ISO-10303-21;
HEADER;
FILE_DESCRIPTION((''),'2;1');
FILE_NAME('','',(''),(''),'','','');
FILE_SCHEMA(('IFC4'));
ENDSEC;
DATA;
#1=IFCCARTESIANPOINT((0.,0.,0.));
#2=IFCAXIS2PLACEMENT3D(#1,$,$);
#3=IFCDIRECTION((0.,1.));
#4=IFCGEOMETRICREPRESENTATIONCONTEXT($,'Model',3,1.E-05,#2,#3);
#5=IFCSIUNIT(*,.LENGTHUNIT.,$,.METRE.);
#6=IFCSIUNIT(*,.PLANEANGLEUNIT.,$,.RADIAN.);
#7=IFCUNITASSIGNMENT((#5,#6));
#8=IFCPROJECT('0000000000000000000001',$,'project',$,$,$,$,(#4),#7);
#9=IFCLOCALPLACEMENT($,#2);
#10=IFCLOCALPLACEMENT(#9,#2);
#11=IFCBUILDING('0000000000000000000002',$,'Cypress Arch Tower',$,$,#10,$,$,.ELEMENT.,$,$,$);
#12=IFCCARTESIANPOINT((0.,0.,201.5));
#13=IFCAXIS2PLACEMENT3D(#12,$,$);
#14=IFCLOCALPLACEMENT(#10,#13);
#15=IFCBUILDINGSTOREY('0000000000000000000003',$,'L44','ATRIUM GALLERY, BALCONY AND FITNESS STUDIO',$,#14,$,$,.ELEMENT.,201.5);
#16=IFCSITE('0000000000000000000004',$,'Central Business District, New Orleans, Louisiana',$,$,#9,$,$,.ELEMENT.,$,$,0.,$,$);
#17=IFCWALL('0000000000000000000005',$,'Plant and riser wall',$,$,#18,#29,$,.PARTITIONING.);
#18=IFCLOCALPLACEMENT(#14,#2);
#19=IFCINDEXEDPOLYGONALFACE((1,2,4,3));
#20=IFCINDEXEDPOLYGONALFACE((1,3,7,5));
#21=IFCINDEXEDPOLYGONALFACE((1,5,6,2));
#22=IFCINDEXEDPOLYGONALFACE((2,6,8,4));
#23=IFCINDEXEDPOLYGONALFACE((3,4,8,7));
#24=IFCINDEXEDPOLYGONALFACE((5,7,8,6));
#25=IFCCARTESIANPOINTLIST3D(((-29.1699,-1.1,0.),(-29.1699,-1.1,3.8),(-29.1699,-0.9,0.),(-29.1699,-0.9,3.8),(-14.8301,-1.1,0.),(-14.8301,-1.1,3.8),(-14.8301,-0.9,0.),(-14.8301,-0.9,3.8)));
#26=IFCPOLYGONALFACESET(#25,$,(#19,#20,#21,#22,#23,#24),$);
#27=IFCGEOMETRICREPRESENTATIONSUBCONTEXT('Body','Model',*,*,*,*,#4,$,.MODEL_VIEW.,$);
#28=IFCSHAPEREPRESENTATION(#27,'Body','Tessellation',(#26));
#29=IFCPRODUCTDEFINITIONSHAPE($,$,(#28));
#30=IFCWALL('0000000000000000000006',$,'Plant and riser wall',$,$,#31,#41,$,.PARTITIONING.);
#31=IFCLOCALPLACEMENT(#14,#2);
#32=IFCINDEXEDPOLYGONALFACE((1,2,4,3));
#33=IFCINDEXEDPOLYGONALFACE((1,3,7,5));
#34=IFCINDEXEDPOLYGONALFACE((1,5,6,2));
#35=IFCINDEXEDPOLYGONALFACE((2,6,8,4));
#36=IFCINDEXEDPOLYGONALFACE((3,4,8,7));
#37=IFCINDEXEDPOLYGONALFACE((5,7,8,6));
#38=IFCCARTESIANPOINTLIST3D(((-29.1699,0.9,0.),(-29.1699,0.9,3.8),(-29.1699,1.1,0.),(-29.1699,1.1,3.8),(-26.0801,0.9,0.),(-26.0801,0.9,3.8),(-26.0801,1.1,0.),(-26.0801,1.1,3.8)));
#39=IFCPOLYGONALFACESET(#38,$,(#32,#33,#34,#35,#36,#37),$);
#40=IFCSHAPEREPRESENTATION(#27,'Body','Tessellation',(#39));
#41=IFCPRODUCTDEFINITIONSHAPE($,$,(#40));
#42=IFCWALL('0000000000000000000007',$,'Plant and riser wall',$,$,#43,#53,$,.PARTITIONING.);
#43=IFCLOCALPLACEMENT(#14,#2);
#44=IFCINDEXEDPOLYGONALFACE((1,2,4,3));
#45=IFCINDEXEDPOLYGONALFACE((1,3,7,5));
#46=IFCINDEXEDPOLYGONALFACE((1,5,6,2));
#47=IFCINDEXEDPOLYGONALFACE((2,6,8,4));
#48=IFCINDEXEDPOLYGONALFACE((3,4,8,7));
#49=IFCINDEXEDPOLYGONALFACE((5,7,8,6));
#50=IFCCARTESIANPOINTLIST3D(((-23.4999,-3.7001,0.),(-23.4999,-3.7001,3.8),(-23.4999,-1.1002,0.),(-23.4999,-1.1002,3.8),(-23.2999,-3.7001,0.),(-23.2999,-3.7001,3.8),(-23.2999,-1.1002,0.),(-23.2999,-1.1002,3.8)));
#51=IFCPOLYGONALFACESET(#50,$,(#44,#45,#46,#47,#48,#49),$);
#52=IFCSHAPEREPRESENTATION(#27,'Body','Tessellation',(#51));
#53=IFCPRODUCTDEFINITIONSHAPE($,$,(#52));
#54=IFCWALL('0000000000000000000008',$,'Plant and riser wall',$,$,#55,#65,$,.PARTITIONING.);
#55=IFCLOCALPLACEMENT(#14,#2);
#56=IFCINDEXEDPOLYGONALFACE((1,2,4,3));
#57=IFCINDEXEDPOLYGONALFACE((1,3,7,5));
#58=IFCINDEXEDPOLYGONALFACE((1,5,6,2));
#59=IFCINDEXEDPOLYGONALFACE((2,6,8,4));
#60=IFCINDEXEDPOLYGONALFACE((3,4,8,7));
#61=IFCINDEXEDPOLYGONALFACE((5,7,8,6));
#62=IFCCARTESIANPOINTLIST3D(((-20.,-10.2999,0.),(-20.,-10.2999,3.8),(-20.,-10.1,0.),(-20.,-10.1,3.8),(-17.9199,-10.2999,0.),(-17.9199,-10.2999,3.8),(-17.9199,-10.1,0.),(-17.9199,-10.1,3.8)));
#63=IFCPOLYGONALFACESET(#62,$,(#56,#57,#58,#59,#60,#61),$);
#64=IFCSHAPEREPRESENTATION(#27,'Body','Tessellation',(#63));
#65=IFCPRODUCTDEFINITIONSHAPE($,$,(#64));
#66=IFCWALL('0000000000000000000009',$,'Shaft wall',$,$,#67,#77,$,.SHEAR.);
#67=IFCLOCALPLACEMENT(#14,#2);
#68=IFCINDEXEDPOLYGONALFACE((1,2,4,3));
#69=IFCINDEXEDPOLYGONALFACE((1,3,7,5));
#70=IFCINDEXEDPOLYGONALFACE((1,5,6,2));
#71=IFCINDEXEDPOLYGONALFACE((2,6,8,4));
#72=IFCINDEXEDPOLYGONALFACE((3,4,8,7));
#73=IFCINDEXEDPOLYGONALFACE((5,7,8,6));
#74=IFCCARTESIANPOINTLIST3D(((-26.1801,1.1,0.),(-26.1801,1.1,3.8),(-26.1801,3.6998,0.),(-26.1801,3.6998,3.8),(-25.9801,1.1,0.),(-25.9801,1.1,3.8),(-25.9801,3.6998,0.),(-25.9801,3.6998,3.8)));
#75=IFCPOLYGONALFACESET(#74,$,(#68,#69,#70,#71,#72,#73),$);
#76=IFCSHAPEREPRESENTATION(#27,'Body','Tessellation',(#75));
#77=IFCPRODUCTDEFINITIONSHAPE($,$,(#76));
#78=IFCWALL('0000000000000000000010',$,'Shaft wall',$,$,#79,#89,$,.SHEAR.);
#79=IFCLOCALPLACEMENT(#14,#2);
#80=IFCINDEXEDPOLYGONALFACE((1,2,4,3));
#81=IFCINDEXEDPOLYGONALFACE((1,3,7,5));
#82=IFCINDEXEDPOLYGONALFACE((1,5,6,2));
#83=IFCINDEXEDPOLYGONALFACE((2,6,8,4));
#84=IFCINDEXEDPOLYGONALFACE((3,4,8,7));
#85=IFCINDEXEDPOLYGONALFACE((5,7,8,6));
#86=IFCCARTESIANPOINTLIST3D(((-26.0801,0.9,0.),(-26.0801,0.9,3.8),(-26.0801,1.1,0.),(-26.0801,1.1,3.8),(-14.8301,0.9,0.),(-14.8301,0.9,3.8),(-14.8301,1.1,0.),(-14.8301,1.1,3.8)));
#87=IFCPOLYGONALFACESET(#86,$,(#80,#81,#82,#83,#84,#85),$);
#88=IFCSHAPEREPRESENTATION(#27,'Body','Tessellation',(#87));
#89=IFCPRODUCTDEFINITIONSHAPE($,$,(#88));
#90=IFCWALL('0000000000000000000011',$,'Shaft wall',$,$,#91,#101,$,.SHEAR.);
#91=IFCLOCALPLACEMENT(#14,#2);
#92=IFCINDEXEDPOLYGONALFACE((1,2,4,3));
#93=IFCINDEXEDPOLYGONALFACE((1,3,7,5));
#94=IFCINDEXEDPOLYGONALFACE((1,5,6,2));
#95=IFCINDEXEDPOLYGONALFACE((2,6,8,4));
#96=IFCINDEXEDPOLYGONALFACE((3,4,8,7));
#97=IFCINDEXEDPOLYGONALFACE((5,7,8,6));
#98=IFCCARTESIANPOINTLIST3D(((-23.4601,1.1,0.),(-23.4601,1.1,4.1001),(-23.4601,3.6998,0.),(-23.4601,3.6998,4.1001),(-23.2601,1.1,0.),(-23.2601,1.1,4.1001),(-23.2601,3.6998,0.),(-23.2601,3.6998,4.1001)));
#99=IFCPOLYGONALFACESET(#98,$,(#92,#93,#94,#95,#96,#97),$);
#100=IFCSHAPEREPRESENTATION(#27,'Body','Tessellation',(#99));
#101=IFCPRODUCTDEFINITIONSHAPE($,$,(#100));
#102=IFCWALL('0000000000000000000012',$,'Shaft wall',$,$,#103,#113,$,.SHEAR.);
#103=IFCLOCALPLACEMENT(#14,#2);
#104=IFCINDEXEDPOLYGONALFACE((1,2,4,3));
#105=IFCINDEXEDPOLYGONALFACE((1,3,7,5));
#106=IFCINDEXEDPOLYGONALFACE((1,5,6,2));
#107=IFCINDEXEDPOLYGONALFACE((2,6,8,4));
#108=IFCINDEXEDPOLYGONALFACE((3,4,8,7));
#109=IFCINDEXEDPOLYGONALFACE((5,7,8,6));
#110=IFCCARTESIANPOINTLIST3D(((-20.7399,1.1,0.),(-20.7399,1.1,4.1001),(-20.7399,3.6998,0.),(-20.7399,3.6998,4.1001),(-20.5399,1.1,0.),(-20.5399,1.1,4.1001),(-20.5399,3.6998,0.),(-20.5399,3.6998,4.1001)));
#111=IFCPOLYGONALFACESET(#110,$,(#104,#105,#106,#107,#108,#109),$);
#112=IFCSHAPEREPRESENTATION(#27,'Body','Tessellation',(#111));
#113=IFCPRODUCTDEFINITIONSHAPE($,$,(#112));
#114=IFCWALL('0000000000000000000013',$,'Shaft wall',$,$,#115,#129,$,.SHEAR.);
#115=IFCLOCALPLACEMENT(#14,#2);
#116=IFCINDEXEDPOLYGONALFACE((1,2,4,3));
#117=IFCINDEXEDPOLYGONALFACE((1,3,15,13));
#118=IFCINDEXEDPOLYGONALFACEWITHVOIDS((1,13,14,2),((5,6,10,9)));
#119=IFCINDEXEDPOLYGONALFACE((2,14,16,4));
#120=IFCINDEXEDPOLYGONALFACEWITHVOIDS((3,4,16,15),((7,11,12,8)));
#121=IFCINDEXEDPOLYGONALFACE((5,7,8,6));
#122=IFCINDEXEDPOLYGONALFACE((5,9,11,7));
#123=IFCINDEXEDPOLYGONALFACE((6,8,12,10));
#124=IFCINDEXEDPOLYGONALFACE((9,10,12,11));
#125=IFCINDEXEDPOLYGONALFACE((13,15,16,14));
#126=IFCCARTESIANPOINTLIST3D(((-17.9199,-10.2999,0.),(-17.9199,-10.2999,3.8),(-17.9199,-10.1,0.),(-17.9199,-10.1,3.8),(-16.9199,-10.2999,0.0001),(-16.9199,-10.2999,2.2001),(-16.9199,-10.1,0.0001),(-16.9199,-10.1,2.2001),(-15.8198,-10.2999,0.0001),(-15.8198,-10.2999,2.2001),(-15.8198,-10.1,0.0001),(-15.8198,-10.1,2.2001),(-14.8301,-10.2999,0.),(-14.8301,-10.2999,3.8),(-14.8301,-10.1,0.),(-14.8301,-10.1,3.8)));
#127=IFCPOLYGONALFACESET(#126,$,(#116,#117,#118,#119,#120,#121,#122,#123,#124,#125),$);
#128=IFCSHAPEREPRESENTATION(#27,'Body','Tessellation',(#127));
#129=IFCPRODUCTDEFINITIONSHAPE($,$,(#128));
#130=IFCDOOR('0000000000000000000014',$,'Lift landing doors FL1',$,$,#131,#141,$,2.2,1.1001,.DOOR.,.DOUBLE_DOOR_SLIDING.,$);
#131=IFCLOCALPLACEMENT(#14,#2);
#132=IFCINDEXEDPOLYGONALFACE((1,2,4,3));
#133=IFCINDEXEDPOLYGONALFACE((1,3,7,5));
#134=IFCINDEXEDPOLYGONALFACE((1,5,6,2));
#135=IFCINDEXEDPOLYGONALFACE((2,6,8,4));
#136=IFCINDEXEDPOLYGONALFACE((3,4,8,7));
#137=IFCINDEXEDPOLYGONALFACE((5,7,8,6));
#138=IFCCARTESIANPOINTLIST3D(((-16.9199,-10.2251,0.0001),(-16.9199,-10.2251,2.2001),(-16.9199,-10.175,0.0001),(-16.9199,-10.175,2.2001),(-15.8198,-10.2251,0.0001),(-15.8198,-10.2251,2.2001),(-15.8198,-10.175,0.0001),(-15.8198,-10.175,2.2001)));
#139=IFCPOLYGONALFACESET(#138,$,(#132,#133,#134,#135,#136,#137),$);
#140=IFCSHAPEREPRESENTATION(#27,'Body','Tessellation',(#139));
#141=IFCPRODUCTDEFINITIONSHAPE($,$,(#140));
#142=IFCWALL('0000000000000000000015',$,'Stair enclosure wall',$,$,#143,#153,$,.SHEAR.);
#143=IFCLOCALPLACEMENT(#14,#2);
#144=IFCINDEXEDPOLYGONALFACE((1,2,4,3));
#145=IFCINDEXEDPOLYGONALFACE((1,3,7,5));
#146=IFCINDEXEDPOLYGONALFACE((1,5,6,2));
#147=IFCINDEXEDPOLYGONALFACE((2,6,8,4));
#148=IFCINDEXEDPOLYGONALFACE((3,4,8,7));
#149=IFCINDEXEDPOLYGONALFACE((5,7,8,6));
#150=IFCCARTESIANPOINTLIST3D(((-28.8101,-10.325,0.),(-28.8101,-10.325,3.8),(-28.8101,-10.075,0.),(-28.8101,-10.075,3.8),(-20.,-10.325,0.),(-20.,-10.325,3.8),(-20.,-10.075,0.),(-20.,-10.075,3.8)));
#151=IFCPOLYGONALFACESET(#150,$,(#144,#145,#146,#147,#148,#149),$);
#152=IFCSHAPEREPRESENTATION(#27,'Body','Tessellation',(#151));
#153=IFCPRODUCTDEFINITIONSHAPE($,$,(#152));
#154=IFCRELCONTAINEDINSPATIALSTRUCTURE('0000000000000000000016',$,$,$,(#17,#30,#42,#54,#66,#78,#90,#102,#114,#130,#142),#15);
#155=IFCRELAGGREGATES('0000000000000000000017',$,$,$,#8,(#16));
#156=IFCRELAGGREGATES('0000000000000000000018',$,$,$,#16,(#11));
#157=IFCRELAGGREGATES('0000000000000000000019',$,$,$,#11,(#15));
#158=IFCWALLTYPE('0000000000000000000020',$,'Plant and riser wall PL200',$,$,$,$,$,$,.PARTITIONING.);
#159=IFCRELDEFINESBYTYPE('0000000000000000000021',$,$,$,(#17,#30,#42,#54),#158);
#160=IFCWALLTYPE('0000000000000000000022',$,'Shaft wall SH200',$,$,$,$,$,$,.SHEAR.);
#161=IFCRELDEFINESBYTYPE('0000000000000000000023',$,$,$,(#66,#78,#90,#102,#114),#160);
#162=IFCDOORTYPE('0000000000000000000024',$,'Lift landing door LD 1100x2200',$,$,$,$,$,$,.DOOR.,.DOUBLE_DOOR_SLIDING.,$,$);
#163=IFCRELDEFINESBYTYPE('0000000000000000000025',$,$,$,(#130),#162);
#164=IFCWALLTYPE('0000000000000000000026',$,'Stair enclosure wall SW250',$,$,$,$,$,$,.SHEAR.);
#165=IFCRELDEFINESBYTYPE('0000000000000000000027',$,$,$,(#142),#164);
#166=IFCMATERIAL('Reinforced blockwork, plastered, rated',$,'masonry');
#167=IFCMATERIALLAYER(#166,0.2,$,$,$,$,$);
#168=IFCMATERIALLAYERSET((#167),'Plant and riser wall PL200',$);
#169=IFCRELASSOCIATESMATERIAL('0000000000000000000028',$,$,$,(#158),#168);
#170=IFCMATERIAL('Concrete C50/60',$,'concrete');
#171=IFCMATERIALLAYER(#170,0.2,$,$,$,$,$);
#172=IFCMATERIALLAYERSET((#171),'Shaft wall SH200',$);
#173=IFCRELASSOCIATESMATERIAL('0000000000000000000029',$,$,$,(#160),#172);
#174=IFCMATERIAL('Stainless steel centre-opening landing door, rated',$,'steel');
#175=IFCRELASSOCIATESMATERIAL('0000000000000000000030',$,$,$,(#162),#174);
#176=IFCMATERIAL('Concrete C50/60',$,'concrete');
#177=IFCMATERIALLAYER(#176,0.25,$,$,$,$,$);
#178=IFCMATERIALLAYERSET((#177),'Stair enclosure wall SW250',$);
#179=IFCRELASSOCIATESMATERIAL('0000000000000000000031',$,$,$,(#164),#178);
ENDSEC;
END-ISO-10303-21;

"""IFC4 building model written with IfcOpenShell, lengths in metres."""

from ifc_helpers import new_model, si_unit, direction, frame, frame_2d, origin, place, context, subcontext, project, spatial, rectangle, extrude, material, layer, layer_set, type_object, element, fill, save


model = new_model("IFC4")

# Units and contexts
model_context = context("Model", 3, precision=1e-05, world=origin(), true_north=direction((0.0, 1.0)))
body_context = subcontext(model_context, "Body", "Model", "MODEL_VIEW")
ifc_project = project(units=[si_unit("LENGTHUNIT", "METRE"), si_unit("PLANEANGLEUNIT", "RADIAN")], contexts=[model_context])

# Site, building, storey
site_placement = place(None, origin())
site = spatial("IfcSite", under=ifc_project, at=site_placement, Name="Central Business District, New Orleans, Louisiana", CompositionType="ELEMENT", RefElevation=0.0)
building_placement = place(site_placement, origin())
building = spatial("IfcBuilding", under=site, at=building_placement, Name="Cypress Arch Tower", CompositionType="ELEMENT")
storey_placement = place(building_placement, frame((0.0, 0.0, 201.5)))
storey = spatial("IfcBuildingStorey", under=building, at=storey_placement, Name="L44", Description="ATRIUM GALLERY, BALCONY AND FITNESS STUDIO", CompositionType="ELEMENT", Elevation=201.5)

# Shared definitions
ifc_material_1 = material(Name="Reinforced blockwork, plastered, rated", Category="masonry")
ifc_layer_1 = layer(ifc_material_1, 0.2)
ifc_layer_set_1 = layer_set([ifc_layer_1], Name="Plant and riser wall PL200")
wall_type_1 = type_object("IfcWallType", Name="Plant and riser wall PL200", PredefinedType="PARTITIONING", material=ifc_layer_set_1)

# Walls
wall_1_placement = place(storey_placement, frame((-29.1699, -1.0, 0.0), z_axis=(0.0, 0.0, 1.0), x_axis=(1.0, 0.0, 0.0)))
element("IfcWall", 1, at=wall_1_placement, inside=storey, type_object=wall_type_1, Name="Plant and riser wall", PredefinedType="PARTITIONING", context=body_context, shape_type="SweptSolid", body=[
    extrude(rectangle(XDim=14.3398, YDim=0.2, at=frame_2d((7.1699, 0.0))), origin(), (0.0, 0.0, 1.0), 3.8),
])
wall_2_placement = place(storey_placement, frame((-29.1699, 1.0, 0.0), z_axis=(0.0, 0.0, 1.0), x_axis=(1.0, 0.0, 0.0)))
element("IfcWall", 2, at=wall_2_placement, inside=storey, type_object=wall_type_1, Name="Plant and riser wall", PredefinedType="PARTITIONING", context=body_context, shape_type="SweptSolid", body=[
    extrude(rectangle(XDim=3.0898, YDim=0.2, at=frame_2d((1.5449, 0.0))), origin(), (0.0, 0.0, 1.0), 3.8),
])
wall_3_placement = place(storey_placement, frame((-23.3999, -3.7, 0.0), z_axis=(0.0, 0.0, 1.0), x_axis=(0.0, 1.0, 0.0)))
element("IfcWall", 3, at=wall_3_placement, inside=storey, type_object=wall_type_1, Name="Plant and riser wall", PredefinedType="PARTITIONING", context=body_context, shape_type="SweptSolid", body=[
    extrude(rectangle(XDim=2.5999, YDim=0.2, at=frame_2d((1.2998, 0.0))), origin(), (0.0, 0.0, 1.0), 3.8),
])
wall_4_placement = place(storey_placement, frame((-20.0, -10.2, 0.0), z_axis=(0.0, 0.0, 1.0), x_axis=(1.0, 0.0, 0.0)))
element("IfcWall", 4, at=wall_4_placement, inside=storey, type_object=wall_type_1, Name="Plant and riser wall", PredefinedType="PARTITIONING", context=body_context, shape_type="SweptSolid", body=[
    extrude(rectangle(XDim=2.0801, YDim=0.2, at=frame_2d((1.04, 0.0))), origin(), (0.0, 0.0, 1.0), 3.8),
])
ifc_material_2 = material(Name="Concrete C50/60", Category="concrete")
ifc_layer_2 = layer(ifc_material_2, 0.2)
ifc_layer_set_2 = layer_set([ifc_layer_2], Name="Shaft wall SH200")
wall_type_2 = type_object("IfcWallType", Name="Shaft wall SH200", PredefinedType="SHEAR", material=ifc_layer_set_2)
wall_5_placement = place(storey_placement, frame((-26.0801, 1.1001, 0.0), z_axis=(0.0, 0.0, 1.0), x_axis=(0.0, 1.0, 0.0)))
element("IfcWall", 5, at=wall_5_placement, inside=storey, type_object=wall_type_2, Name="Shaft wall", PredefinedType="SHEAR", context=body_context, shape_type="SweptSolid", body=[
    extrude(rectangle(XDim=2.5999, YDim=0.2, at=frame_2d((1.2998, 0.0))), origin(), (0.0, 0.0, 1.0), 3.8),
])
wall_6_placement = place(storey_placement, frame((-26.0801, 1.0, 0.0), z_axis=(0.0, 0.0, 1.0), x_axis=(1.0, 0.0, 0.0)))
element("IfcWall", 6, at=wall_6_placement, inside=storey, type_object=wall_type_2, Name="Shaft wall", PredefinedType="SHEAR", context=body_context, shape_type="SweptSolid", body=[
    extrude(rectangle(XDim=11.25, YDim=0.2, at=frame_2d((5.625, 0.0))), origin(), (0.0, 0.0, 1.0), 3.8),
])
for number, where, z_axis, x_axis, name in (
    (7, (-23.3601, 1.1001, 0.0), (0.0, 0.0, 1.0), (0.0, 1.0, 0.0), "Shaft wall"),
    (8, (-20.6399, 1.1001, 0.0), (0.0, 0.0, 1.0), (0.0, 1.0, 0.0), "Shaft wall"),
):
    element("IfcWall", number, at=place(storey_placement, frame(where, z_axis=z_axis, x_axis=x_axis)), inside=storey, type_object=wall_type_2, Name=name, PredefinedType="SHEAR", context=body_context, shape_type="SweptSolid", body=[
        extrude(rectangle(XDim=2.5999, YDim=0.2, at=frame_2d((1.2998, 0.0))), origin(), (0.0, 0.0, 1.0), 4.1001),
    ])

# Wall, opening, door
wall_7_placement = place(storey_placement, frame((-17.9199, -10.2, 0.0), z_axis=(0.0, 0.0, 1.0), x_axis=(1.0, 0.0, 0.0)))
wall_7 = element("IfcWall", 9, at=wall_7_placement, inside=storey, type_object=wall_type_2, Name="Shaft wall", PredefinedType="SHEAR", context=body_context, shape_type="SweptSolid", body=[
    extrude(rectangle(XDim=3.0898, YDim=0.2, at=frame_2d((1.5449, 0.0))), origin(), (0.0, 0.0, 1.0), 3.8),
])
opening_1_placement = place(wall_7_placement, frame((1.0, 0.0, 0.0)))
opening_1 = element("IfcOpeningElement", 10, at=opening_1_placement, cuts=wall_7, PredefinedType="OPENING", context=body_context, shape_type="SweptSolid", body=[
    extrude(rectangle(XDim=1.1001, YDim=2.2, at=frame_2d((0.55, 1.1001))), frame((0.0, 0.1099, 0.0), z_axis=(0.0, -1.0, 0.0), x_axis=(1.0, 0.0, 0.0)), (0.0, 0.0, 1.0), 0.22),
])
ifc_material_3 = material(Name="Stainless steel centre-opening landing door, rated", Category="steel")
door_type_1 = type_object("IfcDoorType", Name="Lift landing door LD 1100x2200", OperationType="DOUBLE_DOOR_SLIDING", PredefinedType="DOOR", material=ifc_material_3)
door_1_placement = place(opening_1_placement, origin())
door_1 = element("IfcDoor", 11, at=door_1_placement, inside=storey, type_object=door_type_1, Name="Lift landing doors FL1", OperationType="DOUBLE_DOOR_SLIDING", OverallHeight=2.2, OverallWidth=1.1001, PredefinedType="DOOR", context=body_context, shape_type="SweptSolid", body=[
    extrude(rectangle(XDim=1.1001, YDim=2.2, at=frame_2d((0.55, 1.1001))), frame((0.0, 0.0249, 0.0), z_axis=(0.0, -1.0, 0.0), x_axis=(1.0, 0.0, 0.0)), (0.0, 0.0, 1.0), 0.05),
])
fill(opening_1, door_1)

# Wall
ifc_material_4 = material(Name="Concrete C50/60", Category="concrete")
ifc_layer_3 = layer(ifc_material_4, 0.25)
ifc_layer_set_3 = layer_set([ifc_layer_3], Name="Stair enclosure wall SW250")
wall_type_3 = type_object("IfcWallType", Name="Stair enclosure wall SW250", PredefinedType="SHEAR", material=ifc_layer_set_3)
wall_8_placement = place(storey_placement, frame((-28.8101, -10.2, 0.0), z_axis=(0.0, 0.0, 1.0), x_axis=(1.0, 0.0, 0.0)))
element("IfcWall", 12, at=wall_8_placement, inside=storey, type_object=wall_type_3, Name="Stair enclosure wall", PredefinedType="SHEAR", context=body_context, shape_type="SweptSolid", body=[
    extrude(rectangle(XDim=8.8101, YDim=0.25, at=frame_2d((4.405, 0.0))), origin(), (0.0, 0.0, 1.0), 3.8),
])

save(model, "model.ifc")
